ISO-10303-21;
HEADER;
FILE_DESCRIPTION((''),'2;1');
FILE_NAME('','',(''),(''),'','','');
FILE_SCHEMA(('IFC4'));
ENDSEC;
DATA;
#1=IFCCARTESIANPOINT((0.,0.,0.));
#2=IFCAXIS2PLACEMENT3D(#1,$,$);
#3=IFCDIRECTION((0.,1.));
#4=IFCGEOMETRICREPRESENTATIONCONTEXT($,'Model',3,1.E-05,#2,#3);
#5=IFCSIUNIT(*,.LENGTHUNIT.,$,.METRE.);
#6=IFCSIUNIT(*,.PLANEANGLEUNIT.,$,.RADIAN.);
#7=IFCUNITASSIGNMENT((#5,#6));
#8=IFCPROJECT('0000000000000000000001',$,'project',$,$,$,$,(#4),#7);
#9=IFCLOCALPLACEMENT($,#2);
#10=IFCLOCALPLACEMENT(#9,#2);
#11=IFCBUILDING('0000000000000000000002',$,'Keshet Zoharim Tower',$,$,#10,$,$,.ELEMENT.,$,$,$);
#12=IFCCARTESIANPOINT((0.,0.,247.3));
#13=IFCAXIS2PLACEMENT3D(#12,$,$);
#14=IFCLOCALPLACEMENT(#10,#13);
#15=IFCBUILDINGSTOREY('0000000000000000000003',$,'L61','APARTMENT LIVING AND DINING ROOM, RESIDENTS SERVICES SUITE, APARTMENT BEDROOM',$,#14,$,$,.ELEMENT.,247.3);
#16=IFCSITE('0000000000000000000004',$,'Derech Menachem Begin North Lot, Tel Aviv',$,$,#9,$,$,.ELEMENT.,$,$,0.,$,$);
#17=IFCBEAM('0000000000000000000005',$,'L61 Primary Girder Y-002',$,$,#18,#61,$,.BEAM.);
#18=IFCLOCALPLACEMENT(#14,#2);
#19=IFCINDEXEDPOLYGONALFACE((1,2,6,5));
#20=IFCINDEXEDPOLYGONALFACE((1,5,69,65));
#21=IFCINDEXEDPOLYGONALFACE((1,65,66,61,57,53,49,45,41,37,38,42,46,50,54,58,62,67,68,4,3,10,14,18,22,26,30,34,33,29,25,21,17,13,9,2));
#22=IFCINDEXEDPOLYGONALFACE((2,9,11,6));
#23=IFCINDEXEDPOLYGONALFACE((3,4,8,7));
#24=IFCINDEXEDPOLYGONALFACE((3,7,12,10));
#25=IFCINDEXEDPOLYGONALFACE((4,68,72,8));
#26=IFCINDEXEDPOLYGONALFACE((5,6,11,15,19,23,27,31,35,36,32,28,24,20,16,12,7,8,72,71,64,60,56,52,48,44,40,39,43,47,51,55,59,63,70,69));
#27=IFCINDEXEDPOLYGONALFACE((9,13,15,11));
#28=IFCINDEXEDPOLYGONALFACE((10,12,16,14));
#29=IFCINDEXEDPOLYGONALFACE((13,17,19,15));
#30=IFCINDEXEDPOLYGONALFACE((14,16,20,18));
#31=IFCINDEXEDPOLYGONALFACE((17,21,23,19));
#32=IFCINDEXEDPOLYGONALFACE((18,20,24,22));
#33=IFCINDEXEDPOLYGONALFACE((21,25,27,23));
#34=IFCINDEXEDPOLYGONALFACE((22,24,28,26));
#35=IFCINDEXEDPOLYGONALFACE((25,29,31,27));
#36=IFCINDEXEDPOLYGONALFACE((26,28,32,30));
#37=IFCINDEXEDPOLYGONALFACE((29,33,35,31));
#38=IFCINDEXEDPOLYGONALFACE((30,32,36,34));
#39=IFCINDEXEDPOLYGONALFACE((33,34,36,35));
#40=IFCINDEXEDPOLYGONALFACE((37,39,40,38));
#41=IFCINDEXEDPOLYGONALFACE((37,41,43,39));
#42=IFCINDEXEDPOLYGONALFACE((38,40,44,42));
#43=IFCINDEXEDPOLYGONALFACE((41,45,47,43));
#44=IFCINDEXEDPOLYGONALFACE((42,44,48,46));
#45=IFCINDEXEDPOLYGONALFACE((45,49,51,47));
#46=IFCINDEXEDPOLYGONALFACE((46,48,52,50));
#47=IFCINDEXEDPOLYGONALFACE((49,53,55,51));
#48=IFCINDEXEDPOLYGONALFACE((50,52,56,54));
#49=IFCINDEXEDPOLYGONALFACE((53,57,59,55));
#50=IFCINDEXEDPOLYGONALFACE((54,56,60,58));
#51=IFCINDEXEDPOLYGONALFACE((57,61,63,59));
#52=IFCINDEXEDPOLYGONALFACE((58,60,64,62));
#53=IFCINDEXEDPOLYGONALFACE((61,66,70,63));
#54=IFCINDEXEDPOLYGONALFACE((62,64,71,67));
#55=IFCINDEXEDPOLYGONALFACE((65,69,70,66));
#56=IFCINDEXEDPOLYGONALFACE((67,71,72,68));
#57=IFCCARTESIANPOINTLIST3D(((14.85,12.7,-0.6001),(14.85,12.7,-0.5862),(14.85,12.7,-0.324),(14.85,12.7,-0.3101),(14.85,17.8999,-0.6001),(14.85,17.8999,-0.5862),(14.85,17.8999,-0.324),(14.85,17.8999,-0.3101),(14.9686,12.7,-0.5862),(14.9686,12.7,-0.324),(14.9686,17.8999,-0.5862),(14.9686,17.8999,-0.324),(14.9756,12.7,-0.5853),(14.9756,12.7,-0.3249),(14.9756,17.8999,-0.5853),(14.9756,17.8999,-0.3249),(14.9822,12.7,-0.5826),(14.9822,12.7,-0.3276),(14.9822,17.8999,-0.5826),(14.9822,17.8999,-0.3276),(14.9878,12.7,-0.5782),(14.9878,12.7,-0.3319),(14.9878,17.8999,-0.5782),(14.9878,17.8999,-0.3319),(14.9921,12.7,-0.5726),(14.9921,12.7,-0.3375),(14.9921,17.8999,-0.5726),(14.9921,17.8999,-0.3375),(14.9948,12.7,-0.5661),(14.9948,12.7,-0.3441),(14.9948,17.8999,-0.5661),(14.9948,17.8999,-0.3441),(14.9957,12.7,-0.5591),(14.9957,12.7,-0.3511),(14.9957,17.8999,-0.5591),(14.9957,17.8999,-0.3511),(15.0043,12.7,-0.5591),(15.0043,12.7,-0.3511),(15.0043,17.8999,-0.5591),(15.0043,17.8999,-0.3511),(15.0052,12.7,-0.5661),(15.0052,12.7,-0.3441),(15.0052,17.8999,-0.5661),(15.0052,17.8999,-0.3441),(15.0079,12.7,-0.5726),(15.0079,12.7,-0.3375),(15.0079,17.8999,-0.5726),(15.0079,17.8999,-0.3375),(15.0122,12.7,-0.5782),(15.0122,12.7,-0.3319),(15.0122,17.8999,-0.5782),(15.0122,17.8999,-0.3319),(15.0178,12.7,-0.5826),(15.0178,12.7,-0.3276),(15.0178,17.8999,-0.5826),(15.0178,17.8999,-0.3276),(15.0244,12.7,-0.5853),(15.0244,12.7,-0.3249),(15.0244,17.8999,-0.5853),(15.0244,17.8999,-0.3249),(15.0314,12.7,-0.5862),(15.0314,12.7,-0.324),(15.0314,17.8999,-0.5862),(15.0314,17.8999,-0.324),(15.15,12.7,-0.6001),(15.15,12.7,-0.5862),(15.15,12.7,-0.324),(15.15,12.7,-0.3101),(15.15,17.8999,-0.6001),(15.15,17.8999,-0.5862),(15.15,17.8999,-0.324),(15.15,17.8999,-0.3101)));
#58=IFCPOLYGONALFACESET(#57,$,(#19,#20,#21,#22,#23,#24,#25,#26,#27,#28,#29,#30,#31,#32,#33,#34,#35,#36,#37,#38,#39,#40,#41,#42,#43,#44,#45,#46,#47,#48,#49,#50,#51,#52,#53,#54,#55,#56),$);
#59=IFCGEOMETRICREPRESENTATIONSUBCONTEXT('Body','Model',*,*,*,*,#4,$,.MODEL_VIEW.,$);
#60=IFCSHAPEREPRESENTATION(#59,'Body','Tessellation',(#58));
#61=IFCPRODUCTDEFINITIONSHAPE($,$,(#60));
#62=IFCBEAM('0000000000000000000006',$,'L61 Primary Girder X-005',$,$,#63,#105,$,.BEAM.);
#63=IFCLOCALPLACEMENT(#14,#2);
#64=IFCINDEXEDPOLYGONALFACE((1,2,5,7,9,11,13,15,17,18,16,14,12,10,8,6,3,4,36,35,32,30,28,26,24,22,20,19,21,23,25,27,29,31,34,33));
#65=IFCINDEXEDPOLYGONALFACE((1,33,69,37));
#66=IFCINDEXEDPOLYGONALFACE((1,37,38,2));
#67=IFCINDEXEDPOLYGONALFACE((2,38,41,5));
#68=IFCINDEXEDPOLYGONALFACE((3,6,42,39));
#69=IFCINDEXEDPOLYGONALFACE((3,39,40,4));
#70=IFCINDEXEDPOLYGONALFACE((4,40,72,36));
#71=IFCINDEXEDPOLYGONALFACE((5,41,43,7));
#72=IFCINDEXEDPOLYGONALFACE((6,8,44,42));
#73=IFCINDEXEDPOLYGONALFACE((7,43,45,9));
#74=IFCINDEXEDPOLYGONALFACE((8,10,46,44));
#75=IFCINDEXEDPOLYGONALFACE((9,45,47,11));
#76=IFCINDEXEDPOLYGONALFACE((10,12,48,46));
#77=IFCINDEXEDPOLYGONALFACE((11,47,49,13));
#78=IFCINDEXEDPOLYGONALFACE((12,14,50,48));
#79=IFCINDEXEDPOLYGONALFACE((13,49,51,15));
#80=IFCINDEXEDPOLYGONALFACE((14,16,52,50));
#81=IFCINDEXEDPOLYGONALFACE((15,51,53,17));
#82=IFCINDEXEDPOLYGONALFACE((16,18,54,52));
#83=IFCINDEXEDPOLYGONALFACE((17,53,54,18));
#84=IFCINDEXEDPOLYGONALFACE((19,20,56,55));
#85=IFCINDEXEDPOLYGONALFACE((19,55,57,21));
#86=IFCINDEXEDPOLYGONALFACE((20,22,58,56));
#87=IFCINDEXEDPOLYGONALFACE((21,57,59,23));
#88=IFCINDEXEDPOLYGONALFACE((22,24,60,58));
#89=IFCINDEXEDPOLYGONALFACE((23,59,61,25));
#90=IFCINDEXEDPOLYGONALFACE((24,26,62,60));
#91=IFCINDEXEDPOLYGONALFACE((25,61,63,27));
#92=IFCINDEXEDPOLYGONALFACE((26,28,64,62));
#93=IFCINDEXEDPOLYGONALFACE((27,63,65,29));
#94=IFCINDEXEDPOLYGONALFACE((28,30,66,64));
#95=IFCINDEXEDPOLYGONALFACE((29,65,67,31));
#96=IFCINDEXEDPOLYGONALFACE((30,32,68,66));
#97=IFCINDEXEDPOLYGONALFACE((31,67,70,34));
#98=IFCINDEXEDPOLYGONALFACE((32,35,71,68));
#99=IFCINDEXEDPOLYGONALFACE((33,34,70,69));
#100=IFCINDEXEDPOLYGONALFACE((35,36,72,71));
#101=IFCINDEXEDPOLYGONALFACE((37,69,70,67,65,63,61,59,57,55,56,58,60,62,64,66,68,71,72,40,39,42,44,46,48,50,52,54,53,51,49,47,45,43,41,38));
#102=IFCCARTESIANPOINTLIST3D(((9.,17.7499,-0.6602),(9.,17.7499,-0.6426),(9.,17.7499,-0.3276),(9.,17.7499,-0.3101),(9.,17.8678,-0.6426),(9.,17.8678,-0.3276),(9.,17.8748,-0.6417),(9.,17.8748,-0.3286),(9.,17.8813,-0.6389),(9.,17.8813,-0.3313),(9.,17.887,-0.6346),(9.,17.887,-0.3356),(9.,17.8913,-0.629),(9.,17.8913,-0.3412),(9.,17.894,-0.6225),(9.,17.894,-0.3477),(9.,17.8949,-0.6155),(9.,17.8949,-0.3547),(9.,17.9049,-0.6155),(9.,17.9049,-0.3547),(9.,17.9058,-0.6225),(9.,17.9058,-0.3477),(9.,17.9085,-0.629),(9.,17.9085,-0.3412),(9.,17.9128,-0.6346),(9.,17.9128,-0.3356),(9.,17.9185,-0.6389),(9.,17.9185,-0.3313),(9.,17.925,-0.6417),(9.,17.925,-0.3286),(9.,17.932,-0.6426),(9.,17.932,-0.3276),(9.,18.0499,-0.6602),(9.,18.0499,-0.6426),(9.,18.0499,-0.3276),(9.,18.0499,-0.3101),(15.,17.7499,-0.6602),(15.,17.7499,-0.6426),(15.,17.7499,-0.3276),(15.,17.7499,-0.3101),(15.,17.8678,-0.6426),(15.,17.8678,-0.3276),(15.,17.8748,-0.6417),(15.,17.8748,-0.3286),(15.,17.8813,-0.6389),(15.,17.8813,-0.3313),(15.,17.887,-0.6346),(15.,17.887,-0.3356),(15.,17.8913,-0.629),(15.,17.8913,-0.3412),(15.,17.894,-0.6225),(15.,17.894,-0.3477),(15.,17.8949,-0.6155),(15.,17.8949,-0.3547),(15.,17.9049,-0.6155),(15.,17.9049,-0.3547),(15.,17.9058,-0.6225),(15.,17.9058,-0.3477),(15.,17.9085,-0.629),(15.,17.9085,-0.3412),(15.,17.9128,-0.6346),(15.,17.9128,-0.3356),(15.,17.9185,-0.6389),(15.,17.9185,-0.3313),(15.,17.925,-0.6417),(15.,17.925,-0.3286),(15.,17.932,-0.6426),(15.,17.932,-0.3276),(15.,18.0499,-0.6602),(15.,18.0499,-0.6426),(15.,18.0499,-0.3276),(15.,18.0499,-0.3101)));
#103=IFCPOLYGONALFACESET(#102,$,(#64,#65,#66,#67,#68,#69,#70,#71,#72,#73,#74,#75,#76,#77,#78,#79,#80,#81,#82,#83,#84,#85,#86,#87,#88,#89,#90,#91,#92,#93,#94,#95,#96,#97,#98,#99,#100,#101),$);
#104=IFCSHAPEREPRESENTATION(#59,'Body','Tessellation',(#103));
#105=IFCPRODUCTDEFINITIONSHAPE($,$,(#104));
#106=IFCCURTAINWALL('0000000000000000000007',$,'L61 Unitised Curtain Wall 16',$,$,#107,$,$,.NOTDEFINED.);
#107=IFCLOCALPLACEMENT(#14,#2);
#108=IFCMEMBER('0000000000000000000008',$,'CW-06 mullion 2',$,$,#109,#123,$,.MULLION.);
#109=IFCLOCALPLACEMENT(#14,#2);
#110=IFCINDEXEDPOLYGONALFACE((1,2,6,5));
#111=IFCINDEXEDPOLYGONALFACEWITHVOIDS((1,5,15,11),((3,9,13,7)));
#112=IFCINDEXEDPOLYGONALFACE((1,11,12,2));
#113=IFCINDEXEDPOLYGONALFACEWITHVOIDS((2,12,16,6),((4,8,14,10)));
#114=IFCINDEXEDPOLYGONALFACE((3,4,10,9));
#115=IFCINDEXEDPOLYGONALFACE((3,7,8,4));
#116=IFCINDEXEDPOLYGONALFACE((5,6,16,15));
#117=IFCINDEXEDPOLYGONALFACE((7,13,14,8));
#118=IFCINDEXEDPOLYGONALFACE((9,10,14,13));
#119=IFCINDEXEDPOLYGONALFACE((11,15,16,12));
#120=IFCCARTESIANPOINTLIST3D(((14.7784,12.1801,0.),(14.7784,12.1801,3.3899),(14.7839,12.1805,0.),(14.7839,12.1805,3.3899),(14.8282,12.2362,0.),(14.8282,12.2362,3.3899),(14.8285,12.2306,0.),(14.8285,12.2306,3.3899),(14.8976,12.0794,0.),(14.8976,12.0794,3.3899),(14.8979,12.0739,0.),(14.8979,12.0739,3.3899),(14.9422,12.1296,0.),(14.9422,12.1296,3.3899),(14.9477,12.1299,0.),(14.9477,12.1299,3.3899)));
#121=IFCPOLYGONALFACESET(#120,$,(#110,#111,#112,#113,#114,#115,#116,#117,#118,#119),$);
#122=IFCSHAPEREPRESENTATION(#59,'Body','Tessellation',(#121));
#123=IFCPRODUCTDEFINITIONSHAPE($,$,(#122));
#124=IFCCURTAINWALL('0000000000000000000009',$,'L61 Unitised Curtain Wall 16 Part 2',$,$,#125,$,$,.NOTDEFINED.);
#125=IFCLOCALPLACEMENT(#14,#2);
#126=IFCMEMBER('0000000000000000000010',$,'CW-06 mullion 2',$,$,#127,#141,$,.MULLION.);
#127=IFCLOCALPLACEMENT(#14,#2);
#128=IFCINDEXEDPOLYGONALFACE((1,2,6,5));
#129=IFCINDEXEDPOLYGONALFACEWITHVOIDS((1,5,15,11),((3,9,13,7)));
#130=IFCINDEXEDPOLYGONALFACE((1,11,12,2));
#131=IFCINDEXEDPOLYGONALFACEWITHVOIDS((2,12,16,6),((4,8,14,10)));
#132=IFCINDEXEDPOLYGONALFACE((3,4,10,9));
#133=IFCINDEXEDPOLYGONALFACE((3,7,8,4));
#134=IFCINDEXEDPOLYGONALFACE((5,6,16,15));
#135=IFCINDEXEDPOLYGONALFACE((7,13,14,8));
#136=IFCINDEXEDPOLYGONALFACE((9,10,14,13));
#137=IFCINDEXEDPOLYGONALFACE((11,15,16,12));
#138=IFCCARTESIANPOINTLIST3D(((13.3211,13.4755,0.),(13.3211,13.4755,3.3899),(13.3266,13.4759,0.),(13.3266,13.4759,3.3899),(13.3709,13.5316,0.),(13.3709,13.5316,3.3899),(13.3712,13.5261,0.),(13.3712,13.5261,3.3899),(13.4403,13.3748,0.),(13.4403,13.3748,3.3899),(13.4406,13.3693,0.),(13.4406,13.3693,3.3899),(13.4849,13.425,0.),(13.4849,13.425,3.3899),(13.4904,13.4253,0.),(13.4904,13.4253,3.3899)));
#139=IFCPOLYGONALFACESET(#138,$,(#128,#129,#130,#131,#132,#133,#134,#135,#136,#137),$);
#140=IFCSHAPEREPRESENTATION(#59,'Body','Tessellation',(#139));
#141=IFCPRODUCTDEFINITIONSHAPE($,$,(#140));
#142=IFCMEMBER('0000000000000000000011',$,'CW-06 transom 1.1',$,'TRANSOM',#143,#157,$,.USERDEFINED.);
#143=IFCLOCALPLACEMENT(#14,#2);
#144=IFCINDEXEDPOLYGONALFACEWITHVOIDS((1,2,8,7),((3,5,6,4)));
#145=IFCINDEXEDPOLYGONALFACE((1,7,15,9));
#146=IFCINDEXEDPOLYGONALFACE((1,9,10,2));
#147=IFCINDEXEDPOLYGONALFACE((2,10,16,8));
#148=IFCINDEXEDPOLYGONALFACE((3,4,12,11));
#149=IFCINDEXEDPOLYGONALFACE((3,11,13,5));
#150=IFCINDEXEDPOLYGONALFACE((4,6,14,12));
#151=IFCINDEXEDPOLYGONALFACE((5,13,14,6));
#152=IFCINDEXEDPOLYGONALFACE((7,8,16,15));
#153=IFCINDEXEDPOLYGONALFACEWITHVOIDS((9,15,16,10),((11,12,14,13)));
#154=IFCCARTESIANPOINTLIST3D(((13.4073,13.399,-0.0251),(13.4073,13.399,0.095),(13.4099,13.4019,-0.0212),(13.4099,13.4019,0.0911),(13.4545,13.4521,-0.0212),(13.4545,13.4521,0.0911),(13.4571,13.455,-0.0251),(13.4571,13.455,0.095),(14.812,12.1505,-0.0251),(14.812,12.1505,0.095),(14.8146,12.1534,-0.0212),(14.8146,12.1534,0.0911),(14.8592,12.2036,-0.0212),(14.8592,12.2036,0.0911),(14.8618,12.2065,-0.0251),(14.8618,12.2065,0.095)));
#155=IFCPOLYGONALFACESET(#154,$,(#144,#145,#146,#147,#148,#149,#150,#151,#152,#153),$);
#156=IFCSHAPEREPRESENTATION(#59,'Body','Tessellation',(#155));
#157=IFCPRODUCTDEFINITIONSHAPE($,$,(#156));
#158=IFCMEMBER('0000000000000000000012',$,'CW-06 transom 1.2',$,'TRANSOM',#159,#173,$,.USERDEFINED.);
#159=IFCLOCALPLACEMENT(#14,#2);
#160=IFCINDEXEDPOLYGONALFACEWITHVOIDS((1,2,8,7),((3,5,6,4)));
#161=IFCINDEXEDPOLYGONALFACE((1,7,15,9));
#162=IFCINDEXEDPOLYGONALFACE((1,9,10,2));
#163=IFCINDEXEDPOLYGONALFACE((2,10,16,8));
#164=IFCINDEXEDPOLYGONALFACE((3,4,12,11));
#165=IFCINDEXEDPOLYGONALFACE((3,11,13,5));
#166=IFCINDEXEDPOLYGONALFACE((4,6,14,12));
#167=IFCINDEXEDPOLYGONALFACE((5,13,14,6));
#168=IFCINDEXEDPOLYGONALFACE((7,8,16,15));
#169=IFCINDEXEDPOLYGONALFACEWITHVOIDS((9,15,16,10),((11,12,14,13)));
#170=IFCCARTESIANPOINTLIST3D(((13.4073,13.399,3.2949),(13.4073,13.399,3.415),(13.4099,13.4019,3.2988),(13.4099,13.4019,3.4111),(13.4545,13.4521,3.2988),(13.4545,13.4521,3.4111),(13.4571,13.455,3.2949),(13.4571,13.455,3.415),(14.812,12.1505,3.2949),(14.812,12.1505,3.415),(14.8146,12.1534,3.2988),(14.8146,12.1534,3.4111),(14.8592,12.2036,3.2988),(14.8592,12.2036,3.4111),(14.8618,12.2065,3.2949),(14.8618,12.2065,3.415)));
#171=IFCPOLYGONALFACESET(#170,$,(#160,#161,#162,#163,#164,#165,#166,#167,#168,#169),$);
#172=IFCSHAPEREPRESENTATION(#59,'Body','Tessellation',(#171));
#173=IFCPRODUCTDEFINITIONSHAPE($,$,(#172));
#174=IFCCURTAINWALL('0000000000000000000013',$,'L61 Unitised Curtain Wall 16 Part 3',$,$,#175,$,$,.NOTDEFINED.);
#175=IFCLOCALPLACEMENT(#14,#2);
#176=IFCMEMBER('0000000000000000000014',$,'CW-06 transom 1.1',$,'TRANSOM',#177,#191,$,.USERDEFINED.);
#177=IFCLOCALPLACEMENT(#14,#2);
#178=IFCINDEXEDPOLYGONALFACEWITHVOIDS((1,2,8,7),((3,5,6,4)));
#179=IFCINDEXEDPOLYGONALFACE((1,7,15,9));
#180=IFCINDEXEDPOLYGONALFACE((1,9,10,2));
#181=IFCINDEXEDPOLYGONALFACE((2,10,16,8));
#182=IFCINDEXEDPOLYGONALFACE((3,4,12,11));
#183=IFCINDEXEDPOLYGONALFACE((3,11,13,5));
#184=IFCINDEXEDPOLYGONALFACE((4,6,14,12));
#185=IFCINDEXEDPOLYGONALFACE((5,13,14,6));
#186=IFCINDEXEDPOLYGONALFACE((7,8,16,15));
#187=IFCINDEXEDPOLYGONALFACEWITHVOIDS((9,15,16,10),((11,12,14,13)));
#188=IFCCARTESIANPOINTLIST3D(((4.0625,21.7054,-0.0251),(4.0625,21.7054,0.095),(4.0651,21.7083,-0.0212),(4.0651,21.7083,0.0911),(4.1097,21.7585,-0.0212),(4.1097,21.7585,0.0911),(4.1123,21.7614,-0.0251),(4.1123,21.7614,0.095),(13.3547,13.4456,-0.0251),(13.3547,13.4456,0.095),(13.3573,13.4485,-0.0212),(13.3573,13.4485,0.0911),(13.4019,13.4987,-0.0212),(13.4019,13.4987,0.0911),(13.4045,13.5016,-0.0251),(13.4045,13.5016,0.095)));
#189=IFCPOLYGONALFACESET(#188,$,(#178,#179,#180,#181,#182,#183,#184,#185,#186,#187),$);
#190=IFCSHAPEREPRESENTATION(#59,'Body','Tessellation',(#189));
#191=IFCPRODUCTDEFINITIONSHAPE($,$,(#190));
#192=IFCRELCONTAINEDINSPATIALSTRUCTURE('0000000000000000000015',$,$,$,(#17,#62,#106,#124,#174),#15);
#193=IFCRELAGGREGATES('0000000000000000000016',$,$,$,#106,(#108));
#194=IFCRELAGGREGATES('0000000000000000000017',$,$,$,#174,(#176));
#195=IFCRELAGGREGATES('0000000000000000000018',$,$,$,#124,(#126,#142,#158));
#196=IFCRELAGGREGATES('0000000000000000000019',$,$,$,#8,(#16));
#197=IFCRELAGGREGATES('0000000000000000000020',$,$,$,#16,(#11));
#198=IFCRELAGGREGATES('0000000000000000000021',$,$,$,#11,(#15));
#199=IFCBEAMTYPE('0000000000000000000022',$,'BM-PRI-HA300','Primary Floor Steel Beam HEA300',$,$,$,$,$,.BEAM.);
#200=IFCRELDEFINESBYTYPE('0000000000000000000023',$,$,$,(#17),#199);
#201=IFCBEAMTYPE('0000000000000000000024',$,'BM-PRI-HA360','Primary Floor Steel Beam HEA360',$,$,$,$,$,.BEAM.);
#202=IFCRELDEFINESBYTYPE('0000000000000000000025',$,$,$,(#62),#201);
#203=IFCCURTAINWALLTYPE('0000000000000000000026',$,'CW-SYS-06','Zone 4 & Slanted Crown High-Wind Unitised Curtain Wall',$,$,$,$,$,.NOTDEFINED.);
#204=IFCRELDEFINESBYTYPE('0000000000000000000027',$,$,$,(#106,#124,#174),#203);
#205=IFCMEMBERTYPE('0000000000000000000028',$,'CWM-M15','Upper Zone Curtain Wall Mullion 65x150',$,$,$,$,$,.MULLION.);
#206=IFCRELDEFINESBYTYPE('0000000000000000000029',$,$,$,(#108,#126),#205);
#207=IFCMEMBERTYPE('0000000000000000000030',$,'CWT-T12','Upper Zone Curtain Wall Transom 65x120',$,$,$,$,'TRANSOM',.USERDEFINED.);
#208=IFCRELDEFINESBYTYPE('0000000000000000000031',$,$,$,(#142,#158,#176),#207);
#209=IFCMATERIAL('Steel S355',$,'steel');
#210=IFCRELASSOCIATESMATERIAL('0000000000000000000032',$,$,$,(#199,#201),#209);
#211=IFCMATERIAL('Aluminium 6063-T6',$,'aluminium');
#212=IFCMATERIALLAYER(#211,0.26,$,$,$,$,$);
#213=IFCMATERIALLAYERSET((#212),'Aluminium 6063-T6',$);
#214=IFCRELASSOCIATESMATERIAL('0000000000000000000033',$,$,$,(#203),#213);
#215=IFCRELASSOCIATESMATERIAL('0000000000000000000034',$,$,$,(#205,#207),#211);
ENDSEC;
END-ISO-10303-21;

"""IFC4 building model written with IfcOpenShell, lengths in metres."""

from ifc_helpers import new_model, si_unit, direction, frame, origin, origin_2d, place, context, subcontext, project, spatial, hollow_rectangle, i_section, extrude, material, layer, layer_set, material_profile, profile_set, type_object, element, aggregate, save


model = new_model("IFC4")

# Units and contexts
model_context = context("Model", 3, precision=1e-05, world=origin(), true_north=direction((0.0, 1.0)))
body_context = subcontext(model_context, "Body", "Model", "MODEL_VIEW")
ifc_project = project(units=[si_unit("LENGTHUNIT", "METRE"), si_unit("PLANEANGLEUNIT", "RADIAN")], contexts=[model_context])

# Site, building, storey
site_placement = place(None, origin())
site = spatial("IfcSite", under=ifc_project, at=site_placement, Name="Derech Menachem Begin North Lot, Tel Aviv", CompositionType="ELEMENT", RefElevation=0.0)
building_placement = place(site_placement, origin())
building = spatial("IfcBuilding", under=site, at=building_placement, Name="Keshet Zoharim Tower", CompositionType="ELEMENT")
storey_placement = place(building_placement, frame((0.0, 0.0, 247.3)))
storey = spatial("IfcBuildingStorey", under=building, at=storey_placement, Name="L61", Description="APARTMENT LIVING AND DINING ROOM, RESIDENTS SERVICES SUITE, APARTMENT BEDROOM", CompositionType="ELEMENT", Elevation=247.3)

# Shared definitions
ifc_material_1 = material(Name="Steel S355", Category="steel")

# Beams
ifc_material_profile_1 = material_profile(ifc_material_1, i_section(OverallWidth=0.3, OverallDepth=0.29, WebThickness=0.0085, FlangeThickness=0.0139, FilletRadius=0.0271, at=origin_2d()), Name="HEA300")
ifc_profile_set_1 = profile_set([ifc_material_profile_1], Name="Steel S355")
beam_type_1 = type_object("IfcBeamType", Name="BM-PRI-HA300", Description="Primary Floor Steel Beam HEA300", PredefinedType="BEAM", material=ifc_profile_set_1)
beam_1_placement = place(storey_placement, frame((15.0, 12.7, -0.4551), z_axis=(0.0, 1.0, 0.0), x_axis=(-1.0, 0.0, 0.0)))
element("IfcBeam", 1, at=beam_1_placement, inside=storey, type_object=beam_type_1, Name="L61 Primary Girder Y-002", PredefinedType="BEAM", context=body_context, shape_type="SweptSolid", body=[
    extrude(i_section(OverallWidth=0.3, OverallDepth=0.29, WebThickness=0.0085, FlangeThickness=0.0139, FilletRadius=0.0271, at=origin_2d()), origin(), (0.0, 0.0, 1.0), 5.2),
])
ifc_material_profile_2 = material_profile(ifc_material_1, i_section(OverallWidth=0.3, OverallDepth=0.3501, WebThickness=0.01, FlangeThickness=0.0176, FilletRadius=0.0271, at=origin_2d()), Name="HEA360")
ifc_profile_set_2 = profile_set([ifc_material_profile_2], Name="Steel S355")
beam_type_2 = type_object("IfcBeamType", Name="BM-PRI-HA360", Description="Primary Floor Steel Beam HEA360", PredefinedType="BEAM", material=ifc_profile_set_2)
beam_2_placement = place(storey_placement, frame((9.0, 17.8999, -0.4851), z_axis=(1.0, 0.0, 0.0), x_axis=(0.0, 1.0, 0.0)))
element("IfcBeam", 2, at=beam_2_placement, inside=storey, type_object=beam_type_2, Name="L61 Primary Girder X-005", PredefinedType="BEAM", context=body_context, shape_type="SweptSolid", body=[
    extrude(i_section(OverallWidth=0.3, OverallDepth=0.3501, WebThickness=0.01, FlangeThickness=0.0176, FilletRadius=0.0271, at=origin_2d()), origin(), (0.0, 0.0, 1.0), 6.0),
])

# Curtain wall, member
ifc_material_2 = material(Name="Aluminium 6063-T6", Category="aluminium")
ifc_layer_1 = layer(ifc_material_2, 0.26)
ifc_layer_set_1 = layer_set([ifc_layer_1], Name="Aluminium 6063-T6")
curtain_wall_type = type_object("IfcCurtainWallType", Name="CW-SYS-06", Description="Zone 4 & Slanted Crown High-Wind Unitised Curtain Wall", PredefinedType="NOTDEFINED", material=ifc_layer_set_1)
curtain_wall_1_placement = place(storey_placement, origin())
curtain_wall_1 = element("IfcCurtainWall", 3, at=curtain_wall_1_placement, inside=storey, type_object=curtain_wall_type, Name="L61 Unitised Curtain Wall 16", PredefinedType="NOTDEFINED")
ifc_material_profile_3 = material_profile(ifc_material_2, hollow_rectangle(XDim=0.075, YDim=0.1599, WallThickness=0.0039, at=origin_2d()), Name="MUL-75x160")
ifc_profile_set_3 = profile_set([ifc_material_profile_3], Name="Aluminium 6063-T6")
member_type_1 = type_object("IfcMemberType", Name="CWM-M15", Description="Upper Zone Curtain Wall Mullion 65x150", PredefinedType="MULLION", material=ifc_profile_set_3)
member_1_placement = place(storey_placement, frame((14.863, 12.155, 0.0), z_axis=(0.0, 0.0, 1.0), x_axis=(-0.664362, -0.747411, 0.0)))
member_1 = element("IfcMember", 4, at=member_1_placement, type_object=member_type_1, Name="CW-06 mullion 2", PredefinedType="MULLION", context=body_context, shape_type="SweptSolid", body=[
    extrude(hollow_rectangle(XDim=0.075, YDim=0.1599, WallThickness=0.0039, at=origin_2d()), origin(), (0.0, 0.0, 1.0), 3.3899),
])
aggregate(curtain_wall_1, [member_1])

# Curtain walls, members
curtain_wall_2_placement = place(storey_placement, origin())
curtain_wall_2 = element("IfcCurtainWall", 5, at=curtain_wall_2_placement, inside=storey, type_object=curtain_wall_type, Name="L61 Unitised Curtain Wall 16 Part 2", PredefinedType="NOTDEFINED")
member_2_placement = place(storey_placement, frame((13.4058, 13.4504, 0.0), z_axis=(0.0, 0.0, 1.0), x_axis=(-0.664338, -0.747432, 0.0)))
member_2 = element("IfcMember", 6, at=member_2_placement, type_object=member_type_1, Name="CW-06 mullion 2", PredefinedType="MULLION", context=body_context, shape_type="SweptSolid", body=[
    extrude(hollow_rectangle(XDim=0.075, YDim=0.1599, WallThickness=0.0039, at=origin_2d()), origin(), (0.0, 0.0, 1.0), 3.3899),
])
ifc_material_profile_4 = material_profile(ifc_material_2, hollow_rectangle(XDim=0.075, YDim=0.1201, WallThickness=0.0039, at=origin_2d()), Name="TRN-75x120")
ifc_profile_set_4 = profile_set([ifc_material_profile_4], Name="Aluminium 6063-T6")
member_type_2 = type_object("IfcMemberType", Name="CWT-T12", Description="Upper Zone Curtain Wall Transom 65x120", ElementType="TRANSOM", PredefinedType="USERDEFINED", material=ifc_profile_set_4)
member_3_placement = place(storey_placement, frame((14.8369, 12.1785, 0.0349), z_axis=(-0.747452, 0.664315, 0.0), x_axis=(-0.664315, -0.747452, 0.0)))
member_3 = element("IfcMember", 7, at=member_3_placement, type_object=member_type_2, Name="CW-06 transom 1.1", ObjectType="TRANSOM", PredefinedType="USERDEFINED", context=body_context, shape_type="SweptSolid", body=[
    extrude(hollow_rectangle(XDim=0.075, YDim=0.1201, WallThickness=0.0039, at=origin_2d()), origin(), (0.0, 0.0, 1.0), 1.8794),
])
member_4_placement = place(storey_placement, frame((14.8369, 12.1785, 3.355), z_axis=(-0.747452, 0.664315, 0.0), x_axis=(-0.664315, -0.747452, 0.0)))
member_4 = element("IfcMember", 8, at=member_4_placement, type_object=member_type_2, Name="CW-06 transom 1.2", ObjectType="TRANSOM", PredefinedType="USERDEFINED", context=body_context, shape_type="SweptSolid", body=[
    extrude(hollow_rectangle(XDim=0.075, YDim=0.1201, WallThickness=0.0039, at=origin_2d()), origin(), (0.0, 0.0, 1.0), 1.8794),
])
curtain_wall_3_placement = place(storey_placement, origin())
curtain_wall_3 = element("IfcCurtainWall", 9, at=curtain_wall_3_placement, inside=storey, type_object=curtain_wall_type, Name="L61 Unitised Curtain Wall 16 Part 3", PredefinedType="NOTDEFINED")
member_5_placement = place(storey_placement, frame((13.3796, 13.4736, 0.0349), z_axis=(-0.747409, 0.664364, 0.0), x_axis=(-0.664364, -0.747409, 0.0)))
member_5 = element("IfcMember", 10, at=member_5_placement, type_object=member_type_2, Name="CW-06 transom 1.1", ObjectType="TRANSOM", PredefinedType="USERDEFINED", context=body_context, shape_type="SweptSolid", body=[
    extrude(hollow_rectangle(XDim=0.075, YDim=0.1201, WallThickness=0.0039, at=origin_2d()), origin(), (0.0, 0.0, 1.0), 12.4326),
])

aggregate(curtain_wall_3, [member_5])
aggregate(curtain_wall_2, [member_2, member_3, member_4])

save(model, "model.ifc")
